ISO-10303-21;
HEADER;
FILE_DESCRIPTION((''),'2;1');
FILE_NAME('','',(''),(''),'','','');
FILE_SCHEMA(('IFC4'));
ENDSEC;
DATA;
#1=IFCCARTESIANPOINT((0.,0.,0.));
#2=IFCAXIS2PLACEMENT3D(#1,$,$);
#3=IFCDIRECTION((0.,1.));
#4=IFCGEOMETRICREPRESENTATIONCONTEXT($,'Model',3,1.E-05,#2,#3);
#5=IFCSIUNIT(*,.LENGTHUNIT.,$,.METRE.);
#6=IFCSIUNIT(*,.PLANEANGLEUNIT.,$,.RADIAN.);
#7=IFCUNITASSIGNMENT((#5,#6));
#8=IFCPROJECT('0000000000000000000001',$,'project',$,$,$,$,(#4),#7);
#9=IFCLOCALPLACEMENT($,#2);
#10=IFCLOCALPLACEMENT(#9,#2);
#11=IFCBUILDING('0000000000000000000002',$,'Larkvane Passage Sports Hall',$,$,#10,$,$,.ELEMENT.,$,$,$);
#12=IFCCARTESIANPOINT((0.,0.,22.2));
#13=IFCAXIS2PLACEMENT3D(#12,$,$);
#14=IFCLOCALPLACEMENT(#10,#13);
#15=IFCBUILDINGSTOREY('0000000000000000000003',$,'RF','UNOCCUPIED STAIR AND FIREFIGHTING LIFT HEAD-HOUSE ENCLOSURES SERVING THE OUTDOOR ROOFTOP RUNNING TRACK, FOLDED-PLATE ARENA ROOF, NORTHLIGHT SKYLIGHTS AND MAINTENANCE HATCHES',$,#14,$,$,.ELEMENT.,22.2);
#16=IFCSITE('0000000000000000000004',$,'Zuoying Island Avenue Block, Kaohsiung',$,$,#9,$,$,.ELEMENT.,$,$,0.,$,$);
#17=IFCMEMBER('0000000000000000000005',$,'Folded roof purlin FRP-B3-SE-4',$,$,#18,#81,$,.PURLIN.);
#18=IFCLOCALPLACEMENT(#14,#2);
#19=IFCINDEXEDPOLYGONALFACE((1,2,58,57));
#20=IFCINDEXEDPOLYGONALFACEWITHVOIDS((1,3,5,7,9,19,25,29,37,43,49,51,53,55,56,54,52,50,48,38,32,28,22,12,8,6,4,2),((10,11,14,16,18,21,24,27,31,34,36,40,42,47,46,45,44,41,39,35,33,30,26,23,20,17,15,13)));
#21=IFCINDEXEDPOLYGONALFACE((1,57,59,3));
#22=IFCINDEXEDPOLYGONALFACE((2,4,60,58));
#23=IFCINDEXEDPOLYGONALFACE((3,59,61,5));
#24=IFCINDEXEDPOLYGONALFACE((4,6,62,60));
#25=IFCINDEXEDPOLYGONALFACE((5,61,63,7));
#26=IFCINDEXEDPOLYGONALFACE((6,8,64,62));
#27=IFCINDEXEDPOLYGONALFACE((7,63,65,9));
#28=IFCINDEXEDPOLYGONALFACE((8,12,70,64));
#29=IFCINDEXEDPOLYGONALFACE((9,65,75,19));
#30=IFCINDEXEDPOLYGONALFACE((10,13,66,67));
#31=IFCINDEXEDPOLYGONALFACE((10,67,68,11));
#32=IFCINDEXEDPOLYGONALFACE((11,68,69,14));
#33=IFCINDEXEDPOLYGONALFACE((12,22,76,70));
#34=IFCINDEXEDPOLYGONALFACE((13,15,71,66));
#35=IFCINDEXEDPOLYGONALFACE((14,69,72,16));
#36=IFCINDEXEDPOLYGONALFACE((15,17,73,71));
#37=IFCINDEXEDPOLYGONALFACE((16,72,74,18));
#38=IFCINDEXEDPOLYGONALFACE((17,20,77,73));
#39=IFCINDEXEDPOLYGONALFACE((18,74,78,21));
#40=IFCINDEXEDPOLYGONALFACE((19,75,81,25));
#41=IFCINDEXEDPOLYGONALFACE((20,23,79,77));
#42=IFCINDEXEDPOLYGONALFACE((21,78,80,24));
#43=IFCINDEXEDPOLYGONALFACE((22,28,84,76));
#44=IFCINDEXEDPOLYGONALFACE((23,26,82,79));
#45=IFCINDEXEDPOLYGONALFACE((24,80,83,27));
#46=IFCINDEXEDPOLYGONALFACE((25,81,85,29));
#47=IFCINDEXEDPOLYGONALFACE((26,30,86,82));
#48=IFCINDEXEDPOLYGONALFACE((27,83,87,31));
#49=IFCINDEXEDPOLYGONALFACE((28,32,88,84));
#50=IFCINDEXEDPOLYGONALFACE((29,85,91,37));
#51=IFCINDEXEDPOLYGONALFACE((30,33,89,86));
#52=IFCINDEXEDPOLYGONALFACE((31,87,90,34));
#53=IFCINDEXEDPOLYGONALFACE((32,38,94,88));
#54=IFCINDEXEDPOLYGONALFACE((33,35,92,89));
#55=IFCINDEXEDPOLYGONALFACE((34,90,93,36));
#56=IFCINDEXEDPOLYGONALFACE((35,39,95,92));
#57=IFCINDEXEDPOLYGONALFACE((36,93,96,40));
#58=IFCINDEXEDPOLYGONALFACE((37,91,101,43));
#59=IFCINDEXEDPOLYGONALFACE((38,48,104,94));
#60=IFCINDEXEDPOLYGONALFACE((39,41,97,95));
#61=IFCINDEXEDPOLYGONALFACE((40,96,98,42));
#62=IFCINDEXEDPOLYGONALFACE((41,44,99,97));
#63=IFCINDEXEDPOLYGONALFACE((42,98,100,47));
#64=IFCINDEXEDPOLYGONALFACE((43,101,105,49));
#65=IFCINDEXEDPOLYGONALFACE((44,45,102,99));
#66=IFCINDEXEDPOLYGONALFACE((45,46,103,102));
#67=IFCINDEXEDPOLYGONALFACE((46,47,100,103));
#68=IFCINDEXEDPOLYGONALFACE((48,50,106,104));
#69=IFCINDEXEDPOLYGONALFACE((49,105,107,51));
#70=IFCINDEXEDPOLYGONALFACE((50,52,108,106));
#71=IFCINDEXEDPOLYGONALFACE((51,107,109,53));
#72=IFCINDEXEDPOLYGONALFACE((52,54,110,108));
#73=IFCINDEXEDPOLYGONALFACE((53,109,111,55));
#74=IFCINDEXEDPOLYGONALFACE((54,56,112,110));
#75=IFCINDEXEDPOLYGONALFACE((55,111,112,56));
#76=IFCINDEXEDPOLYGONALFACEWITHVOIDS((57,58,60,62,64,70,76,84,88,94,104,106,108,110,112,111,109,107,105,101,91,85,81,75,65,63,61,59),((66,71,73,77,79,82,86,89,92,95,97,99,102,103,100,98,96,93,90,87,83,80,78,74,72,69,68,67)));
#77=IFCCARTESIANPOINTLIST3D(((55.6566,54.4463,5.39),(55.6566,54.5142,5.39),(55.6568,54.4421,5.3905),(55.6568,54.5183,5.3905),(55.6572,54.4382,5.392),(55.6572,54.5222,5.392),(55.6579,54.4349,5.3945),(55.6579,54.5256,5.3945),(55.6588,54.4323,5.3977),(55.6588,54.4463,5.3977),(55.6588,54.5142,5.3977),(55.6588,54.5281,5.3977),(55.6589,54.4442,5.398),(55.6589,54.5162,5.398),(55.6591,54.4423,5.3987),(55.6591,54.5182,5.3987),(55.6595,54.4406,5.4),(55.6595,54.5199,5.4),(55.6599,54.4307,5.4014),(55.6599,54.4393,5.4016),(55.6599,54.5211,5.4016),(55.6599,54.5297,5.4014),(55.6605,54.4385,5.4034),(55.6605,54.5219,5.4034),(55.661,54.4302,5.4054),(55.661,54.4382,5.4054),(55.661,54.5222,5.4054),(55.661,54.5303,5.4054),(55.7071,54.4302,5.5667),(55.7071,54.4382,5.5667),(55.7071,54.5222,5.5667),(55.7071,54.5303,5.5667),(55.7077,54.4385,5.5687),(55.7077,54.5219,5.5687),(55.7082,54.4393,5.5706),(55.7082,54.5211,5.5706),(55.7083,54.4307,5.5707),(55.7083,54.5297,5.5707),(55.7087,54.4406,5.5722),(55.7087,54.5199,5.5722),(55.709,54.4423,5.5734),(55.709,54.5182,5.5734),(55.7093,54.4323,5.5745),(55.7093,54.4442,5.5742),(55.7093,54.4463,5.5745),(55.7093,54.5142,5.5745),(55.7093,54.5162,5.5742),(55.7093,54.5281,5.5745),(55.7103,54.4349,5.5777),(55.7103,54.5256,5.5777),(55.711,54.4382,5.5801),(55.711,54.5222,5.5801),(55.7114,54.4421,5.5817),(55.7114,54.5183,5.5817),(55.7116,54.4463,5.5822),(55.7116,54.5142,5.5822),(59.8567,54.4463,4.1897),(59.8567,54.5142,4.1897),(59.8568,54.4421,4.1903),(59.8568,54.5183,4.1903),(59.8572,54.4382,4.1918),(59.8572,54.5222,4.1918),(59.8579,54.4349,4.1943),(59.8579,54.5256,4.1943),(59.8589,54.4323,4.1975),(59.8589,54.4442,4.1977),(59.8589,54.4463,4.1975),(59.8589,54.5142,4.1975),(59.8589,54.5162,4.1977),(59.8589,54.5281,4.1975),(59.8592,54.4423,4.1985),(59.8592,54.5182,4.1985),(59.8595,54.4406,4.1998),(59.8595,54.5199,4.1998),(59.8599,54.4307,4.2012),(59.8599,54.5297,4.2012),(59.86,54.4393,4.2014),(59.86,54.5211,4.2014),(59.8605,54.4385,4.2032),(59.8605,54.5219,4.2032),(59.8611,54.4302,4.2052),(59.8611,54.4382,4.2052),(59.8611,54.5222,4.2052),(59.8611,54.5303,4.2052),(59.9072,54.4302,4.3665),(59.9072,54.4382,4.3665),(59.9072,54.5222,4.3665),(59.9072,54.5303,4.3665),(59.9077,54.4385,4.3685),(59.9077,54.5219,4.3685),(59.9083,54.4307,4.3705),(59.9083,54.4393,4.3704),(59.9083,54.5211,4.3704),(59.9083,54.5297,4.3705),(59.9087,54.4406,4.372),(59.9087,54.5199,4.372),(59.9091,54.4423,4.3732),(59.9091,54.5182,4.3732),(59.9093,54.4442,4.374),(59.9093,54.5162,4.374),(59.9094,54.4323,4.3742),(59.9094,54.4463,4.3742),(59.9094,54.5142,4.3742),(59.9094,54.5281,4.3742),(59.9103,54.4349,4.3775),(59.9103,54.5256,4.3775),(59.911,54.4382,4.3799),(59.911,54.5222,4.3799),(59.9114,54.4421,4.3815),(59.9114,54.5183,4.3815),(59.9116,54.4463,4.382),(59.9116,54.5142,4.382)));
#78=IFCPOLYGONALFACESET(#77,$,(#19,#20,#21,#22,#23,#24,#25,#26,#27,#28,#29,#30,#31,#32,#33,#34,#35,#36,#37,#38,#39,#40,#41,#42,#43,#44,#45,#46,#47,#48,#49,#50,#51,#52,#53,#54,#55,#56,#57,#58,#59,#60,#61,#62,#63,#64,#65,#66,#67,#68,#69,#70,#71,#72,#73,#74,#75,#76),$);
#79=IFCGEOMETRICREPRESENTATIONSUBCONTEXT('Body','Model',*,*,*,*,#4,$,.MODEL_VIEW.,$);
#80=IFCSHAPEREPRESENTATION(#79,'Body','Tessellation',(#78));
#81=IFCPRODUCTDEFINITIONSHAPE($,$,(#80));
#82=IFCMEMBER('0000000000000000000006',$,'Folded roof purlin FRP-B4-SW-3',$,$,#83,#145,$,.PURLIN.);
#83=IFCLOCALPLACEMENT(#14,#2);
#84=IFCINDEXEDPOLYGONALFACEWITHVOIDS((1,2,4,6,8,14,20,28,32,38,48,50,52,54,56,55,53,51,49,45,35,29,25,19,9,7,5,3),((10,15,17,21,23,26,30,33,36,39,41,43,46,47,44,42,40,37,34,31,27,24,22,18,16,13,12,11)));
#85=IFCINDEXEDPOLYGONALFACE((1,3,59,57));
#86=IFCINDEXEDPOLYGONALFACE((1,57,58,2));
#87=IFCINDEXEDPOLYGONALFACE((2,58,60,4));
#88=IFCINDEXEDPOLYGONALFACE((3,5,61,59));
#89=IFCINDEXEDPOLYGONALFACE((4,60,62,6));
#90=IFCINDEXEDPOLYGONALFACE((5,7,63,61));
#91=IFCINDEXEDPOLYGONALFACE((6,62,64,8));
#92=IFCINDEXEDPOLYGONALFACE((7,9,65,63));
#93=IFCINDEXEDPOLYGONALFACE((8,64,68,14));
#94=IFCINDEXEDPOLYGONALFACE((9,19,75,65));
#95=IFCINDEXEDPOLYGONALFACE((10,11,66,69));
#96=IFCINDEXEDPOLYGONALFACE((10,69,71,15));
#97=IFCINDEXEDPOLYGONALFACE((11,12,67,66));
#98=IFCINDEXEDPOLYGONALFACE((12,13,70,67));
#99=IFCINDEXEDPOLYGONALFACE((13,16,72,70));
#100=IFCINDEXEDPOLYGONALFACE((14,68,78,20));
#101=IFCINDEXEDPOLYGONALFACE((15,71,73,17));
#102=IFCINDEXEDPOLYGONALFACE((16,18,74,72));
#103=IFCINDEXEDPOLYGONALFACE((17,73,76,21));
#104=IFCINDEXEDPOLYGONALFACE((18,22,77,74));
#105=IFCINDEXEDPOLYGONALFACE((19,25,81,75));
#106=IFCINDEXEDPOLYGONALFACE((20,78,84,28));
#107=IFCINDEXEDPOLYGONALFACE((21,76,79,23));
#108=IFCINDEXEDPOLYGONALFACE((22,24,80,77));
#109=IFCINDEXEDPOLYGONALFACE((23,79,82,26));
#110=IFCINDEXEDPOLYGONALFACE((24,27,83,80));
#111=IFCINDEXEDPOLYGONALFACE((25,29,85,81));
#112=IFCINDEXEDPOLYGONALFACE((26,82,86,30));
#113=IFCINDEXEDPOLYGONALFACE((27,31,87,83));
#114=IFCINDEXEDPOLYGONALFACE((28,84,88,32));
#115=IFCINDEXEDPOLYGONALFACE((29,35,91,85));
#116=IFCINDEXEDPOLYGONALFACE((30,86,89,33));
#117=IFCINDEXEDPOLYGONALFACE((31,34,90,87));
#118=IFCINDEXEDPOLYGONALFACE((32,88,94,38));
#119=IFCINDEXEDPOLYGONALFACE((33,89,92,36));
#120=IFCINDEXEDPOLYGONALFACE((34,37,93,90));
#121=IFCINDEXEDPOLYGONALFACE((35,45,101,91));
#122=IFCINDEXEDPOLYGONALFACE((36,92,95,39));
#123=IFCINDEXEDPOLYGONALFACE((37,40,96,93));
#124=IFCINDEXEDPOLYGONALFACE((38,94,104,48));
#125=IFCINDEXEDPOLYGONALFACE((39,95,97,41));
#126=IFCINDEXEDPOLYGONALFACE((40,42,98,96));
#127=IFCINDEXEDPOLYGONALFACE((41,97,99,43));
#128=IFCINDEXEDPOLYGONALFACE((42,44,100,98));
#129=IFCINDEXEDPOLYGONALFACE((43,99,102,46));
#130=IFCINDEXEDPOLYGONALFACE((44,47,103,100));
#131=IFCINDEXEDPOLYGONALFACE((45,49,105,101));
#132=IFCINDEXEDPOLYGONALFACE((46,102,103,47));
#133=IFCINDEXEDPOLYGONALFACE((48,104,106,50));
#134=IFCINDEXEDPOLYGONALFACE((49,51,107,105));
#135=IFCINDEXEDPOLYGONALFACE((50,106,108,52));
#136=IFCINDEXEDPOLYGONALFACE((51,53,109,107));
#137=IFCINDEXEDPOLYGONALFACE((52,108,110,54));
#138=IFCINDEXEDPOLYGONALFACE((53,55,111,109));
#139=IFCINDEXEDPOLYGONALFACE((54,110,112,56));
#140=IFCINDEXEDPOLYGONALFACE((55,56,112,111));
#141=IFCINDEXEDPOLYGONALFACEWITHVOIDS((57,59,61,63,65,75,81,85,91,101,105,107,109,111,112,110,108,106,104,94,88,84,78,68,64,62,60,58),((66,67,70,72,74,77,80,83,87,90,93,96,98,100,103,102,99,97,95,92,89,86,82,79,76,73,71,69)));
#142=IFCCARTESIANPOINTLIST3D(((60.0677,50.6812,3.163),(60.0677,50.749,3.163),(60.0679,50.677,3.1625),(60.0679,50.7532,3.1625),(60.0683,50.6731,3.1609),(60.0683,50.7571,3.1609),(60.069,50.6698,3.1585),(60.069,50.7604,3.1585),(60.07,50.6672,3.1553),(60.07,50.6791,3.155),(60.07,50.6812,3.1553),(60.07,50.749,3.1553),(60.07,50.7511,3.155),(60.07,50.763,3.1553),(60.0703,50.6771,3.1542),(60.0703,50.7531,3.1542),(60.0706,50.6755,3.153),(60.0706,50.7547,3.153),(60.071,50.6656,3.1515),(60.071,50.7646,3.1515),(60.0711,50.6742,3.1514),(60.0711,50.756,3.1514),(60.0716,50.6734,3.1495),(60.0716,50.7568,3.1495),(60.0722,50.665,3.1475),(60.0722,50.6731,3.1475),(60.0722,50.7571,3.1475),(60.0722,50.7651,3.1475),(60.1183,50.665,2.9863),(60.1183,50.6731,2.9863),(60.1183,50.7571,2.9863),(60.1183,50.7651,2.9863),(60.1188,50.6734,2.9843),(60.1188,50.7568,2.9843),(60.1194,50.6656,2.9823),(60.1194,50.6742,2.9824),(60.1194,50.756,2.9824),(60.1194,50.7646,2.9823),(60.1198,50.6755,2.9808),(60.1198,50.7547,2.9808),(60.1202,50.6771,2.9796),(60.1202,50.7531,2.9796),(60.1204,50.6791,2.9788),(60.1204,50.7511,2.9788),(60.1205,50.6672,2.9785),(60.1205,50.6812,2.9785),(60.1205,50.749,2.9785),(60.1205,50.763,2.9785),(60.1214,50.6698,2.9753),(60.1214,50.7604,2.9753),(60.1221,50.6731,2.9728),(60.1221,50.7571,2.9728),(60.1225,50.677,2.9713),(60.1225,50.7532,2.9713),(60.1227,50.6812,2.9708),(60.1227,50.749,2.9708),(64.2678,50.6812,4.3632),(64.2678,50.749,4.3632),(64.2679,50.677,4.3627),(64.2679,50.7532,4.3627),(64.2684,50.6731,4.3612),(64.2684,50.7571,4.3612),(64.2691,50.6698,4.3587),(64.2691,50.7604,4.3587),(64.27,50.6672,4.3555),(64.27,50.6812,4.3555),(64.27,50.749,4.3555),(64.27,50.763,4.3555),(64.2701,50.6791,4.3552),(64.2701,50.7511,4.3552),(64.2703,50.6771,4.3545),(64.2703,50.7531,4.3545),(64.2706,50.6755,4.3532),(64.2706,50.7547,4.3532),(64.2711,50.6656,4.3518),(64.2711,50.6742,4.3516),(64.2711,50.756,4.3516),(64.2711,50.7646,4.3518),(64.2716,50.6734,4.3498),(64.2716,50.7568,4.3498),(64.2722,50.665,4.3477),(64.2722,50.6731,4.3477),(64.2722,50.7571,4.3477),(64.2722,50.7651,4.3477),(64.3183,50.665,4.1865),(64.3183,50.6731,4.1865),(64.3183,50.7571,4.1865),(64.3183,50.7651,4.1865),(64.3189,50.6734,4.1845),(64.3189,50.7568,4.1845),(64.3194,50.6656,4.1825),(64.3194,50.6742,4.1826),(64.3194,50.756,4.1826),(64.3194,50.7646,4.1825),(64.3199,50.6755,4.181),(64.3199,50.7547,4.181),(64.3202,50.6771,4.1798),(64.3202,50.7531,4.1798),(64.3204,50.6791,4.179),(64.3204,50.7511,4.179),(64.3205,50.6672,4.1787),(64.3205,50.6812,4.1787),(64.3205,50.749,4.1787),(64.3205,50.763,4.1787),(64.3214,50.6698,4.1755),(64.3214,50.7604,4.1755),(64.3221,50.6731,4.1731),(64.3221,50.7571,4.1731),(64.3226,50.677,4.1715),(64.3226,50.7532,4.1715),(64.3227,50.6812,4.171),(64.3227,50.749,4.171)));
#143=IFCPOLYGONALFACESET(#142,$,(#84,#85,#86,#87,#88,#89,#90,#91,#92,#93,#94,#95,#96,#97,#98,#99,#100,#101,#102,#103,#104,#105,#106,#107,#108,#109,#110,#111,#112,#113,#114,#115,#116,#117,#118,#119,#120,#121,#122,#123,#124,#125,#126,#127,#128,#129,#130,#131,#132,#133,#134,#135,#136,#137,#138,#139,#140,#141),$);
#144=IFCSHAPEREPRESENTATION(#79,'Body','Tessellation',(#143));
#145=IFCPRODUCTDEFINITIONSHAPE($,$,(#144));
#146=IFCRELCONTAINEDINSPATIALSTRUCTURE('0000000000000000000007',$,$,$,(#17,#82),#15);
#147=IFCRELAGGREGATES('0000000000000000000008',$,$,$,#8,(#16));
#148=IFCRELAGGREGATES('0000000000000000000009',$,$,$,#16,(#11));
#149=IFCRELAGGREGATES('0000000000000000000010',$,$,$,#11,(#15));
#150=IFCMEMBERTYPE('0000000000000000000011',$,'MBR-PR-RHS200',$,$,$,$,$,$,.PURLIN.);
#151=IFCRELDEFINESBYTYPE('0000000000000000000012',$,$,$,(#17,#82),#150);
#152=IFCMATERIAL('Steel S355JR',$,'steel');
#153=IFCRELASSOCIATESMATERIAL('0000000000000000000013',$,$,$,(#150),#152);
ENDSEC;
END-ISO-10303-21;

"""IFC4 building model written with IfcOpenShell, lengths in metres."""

from ifc_helpers import new_model, si_unit, direction, frame, origin, origin_2d, place, context, subcontext, project, spatial, hollow_rectangle, extrude, material, material_profile, profile_set, type_object, element, save


model = new_model("IFC4")

# Units and contexts
model_context = context("Model", 3, precision=1e-05, world=origin(), true_north=direction((0.0, 1.0)))
body_context = subcontext(model_context, "Body", "Model", "MODEL_VIEW")
ifc_project = project(units=[si_unit("LENGTHUNIT", "METRE"), si_unit("PLANEANGLEUNIT", "RADIAN")], contexts=[model_context])

# Site, building, storey
site_placement = place(None, origin())
site = spatial("IfcSite", under=ifc_project, at=site_placement, Name="Zuoying Island Avenue Block, Kaohsiung", CompositionType="ELEMENT", RefElevation=0.0)
building_placement = place(site_placement, origin())
building = spatial("IfcBuilding", under=site, at=building_placement, Name="Larkvane Passage Sports Hall", CompositionType="ELEMENT")
storey_placement = place(building_placement, frame((0.0, 0.0, 22.2)))
storey = spatial("IfcBuildingStorey", under=building, at=storey_placement, Name="RF", Description="UNOCCUPIED STAIR AND FIREFIGHTING LIFT HEAD-HOUSE ENCLOSURES SERVING THE OUTDOOR ROOFTOP RUNNING TRACK, FOLDED-PLATE ARENA ROOF, NORTHLIGHT SKYLIGHTS AND MAINTENANCE HATCHES", CompositionType="ELEMENT", Elevation=22.2)

# Members
ifc_material_1 = material(Name="Steel S355JR", Category="steel")
ifc_material_profile_1 = material_profile(ifc_material_1, hollow_rectangle(XDim=0.1001, YDim=0.2, WallThickness=0.0081, InnerFilletRadius=0.0081, OuterFilletRadius=0.0161, at=origin_2d()), Name="RHS-200x100x8")
ifc_profile_set_1 = profile_set([ifc_material_profile_1], Name="Steel S355JR")
member_type_1 = type_object("IfcMemberType", Name="MBR-PR-RHS200", PredefinedType="PURLIN", material=ifc_profile_set_1)
for number, where, z_axis, x_axis, name in (
    (1, (55.6841, 54.4802, 5.4861), (0.961511, 0.0, -0.274765), (0.0, 1.0, 0.0), "Folded roof purlin FRP-B3-SE-4"),
    (2, (60.0952, 50.7151, 3.0669), (0.961511, 0.0, 0.274765), (0.0, 1.0, 0.0), "Folded roof purlin FRP-B4-SW-3"),
):
    element("IfcMember", number, at=place(storey_placement, frame(where, z_axis=z_axis, x_axis=x_axis)), inside=storey, type_object=member_type_1, Name=name, PredefinedType="PURLIN", context=body_context, shape_type="SweptSolid", body=[
        extrude(hollow_rectangle(XDim=0.1001, YDim=0.2, WallThickness=0.0081, InnerFilletRadius=0.0081, OuterFilletRadius=0.0161, at=origin_2d()), origin(), (0.0, 0.0, 1.0), 4.3682),
    ])

save(model, "model.ifc")
